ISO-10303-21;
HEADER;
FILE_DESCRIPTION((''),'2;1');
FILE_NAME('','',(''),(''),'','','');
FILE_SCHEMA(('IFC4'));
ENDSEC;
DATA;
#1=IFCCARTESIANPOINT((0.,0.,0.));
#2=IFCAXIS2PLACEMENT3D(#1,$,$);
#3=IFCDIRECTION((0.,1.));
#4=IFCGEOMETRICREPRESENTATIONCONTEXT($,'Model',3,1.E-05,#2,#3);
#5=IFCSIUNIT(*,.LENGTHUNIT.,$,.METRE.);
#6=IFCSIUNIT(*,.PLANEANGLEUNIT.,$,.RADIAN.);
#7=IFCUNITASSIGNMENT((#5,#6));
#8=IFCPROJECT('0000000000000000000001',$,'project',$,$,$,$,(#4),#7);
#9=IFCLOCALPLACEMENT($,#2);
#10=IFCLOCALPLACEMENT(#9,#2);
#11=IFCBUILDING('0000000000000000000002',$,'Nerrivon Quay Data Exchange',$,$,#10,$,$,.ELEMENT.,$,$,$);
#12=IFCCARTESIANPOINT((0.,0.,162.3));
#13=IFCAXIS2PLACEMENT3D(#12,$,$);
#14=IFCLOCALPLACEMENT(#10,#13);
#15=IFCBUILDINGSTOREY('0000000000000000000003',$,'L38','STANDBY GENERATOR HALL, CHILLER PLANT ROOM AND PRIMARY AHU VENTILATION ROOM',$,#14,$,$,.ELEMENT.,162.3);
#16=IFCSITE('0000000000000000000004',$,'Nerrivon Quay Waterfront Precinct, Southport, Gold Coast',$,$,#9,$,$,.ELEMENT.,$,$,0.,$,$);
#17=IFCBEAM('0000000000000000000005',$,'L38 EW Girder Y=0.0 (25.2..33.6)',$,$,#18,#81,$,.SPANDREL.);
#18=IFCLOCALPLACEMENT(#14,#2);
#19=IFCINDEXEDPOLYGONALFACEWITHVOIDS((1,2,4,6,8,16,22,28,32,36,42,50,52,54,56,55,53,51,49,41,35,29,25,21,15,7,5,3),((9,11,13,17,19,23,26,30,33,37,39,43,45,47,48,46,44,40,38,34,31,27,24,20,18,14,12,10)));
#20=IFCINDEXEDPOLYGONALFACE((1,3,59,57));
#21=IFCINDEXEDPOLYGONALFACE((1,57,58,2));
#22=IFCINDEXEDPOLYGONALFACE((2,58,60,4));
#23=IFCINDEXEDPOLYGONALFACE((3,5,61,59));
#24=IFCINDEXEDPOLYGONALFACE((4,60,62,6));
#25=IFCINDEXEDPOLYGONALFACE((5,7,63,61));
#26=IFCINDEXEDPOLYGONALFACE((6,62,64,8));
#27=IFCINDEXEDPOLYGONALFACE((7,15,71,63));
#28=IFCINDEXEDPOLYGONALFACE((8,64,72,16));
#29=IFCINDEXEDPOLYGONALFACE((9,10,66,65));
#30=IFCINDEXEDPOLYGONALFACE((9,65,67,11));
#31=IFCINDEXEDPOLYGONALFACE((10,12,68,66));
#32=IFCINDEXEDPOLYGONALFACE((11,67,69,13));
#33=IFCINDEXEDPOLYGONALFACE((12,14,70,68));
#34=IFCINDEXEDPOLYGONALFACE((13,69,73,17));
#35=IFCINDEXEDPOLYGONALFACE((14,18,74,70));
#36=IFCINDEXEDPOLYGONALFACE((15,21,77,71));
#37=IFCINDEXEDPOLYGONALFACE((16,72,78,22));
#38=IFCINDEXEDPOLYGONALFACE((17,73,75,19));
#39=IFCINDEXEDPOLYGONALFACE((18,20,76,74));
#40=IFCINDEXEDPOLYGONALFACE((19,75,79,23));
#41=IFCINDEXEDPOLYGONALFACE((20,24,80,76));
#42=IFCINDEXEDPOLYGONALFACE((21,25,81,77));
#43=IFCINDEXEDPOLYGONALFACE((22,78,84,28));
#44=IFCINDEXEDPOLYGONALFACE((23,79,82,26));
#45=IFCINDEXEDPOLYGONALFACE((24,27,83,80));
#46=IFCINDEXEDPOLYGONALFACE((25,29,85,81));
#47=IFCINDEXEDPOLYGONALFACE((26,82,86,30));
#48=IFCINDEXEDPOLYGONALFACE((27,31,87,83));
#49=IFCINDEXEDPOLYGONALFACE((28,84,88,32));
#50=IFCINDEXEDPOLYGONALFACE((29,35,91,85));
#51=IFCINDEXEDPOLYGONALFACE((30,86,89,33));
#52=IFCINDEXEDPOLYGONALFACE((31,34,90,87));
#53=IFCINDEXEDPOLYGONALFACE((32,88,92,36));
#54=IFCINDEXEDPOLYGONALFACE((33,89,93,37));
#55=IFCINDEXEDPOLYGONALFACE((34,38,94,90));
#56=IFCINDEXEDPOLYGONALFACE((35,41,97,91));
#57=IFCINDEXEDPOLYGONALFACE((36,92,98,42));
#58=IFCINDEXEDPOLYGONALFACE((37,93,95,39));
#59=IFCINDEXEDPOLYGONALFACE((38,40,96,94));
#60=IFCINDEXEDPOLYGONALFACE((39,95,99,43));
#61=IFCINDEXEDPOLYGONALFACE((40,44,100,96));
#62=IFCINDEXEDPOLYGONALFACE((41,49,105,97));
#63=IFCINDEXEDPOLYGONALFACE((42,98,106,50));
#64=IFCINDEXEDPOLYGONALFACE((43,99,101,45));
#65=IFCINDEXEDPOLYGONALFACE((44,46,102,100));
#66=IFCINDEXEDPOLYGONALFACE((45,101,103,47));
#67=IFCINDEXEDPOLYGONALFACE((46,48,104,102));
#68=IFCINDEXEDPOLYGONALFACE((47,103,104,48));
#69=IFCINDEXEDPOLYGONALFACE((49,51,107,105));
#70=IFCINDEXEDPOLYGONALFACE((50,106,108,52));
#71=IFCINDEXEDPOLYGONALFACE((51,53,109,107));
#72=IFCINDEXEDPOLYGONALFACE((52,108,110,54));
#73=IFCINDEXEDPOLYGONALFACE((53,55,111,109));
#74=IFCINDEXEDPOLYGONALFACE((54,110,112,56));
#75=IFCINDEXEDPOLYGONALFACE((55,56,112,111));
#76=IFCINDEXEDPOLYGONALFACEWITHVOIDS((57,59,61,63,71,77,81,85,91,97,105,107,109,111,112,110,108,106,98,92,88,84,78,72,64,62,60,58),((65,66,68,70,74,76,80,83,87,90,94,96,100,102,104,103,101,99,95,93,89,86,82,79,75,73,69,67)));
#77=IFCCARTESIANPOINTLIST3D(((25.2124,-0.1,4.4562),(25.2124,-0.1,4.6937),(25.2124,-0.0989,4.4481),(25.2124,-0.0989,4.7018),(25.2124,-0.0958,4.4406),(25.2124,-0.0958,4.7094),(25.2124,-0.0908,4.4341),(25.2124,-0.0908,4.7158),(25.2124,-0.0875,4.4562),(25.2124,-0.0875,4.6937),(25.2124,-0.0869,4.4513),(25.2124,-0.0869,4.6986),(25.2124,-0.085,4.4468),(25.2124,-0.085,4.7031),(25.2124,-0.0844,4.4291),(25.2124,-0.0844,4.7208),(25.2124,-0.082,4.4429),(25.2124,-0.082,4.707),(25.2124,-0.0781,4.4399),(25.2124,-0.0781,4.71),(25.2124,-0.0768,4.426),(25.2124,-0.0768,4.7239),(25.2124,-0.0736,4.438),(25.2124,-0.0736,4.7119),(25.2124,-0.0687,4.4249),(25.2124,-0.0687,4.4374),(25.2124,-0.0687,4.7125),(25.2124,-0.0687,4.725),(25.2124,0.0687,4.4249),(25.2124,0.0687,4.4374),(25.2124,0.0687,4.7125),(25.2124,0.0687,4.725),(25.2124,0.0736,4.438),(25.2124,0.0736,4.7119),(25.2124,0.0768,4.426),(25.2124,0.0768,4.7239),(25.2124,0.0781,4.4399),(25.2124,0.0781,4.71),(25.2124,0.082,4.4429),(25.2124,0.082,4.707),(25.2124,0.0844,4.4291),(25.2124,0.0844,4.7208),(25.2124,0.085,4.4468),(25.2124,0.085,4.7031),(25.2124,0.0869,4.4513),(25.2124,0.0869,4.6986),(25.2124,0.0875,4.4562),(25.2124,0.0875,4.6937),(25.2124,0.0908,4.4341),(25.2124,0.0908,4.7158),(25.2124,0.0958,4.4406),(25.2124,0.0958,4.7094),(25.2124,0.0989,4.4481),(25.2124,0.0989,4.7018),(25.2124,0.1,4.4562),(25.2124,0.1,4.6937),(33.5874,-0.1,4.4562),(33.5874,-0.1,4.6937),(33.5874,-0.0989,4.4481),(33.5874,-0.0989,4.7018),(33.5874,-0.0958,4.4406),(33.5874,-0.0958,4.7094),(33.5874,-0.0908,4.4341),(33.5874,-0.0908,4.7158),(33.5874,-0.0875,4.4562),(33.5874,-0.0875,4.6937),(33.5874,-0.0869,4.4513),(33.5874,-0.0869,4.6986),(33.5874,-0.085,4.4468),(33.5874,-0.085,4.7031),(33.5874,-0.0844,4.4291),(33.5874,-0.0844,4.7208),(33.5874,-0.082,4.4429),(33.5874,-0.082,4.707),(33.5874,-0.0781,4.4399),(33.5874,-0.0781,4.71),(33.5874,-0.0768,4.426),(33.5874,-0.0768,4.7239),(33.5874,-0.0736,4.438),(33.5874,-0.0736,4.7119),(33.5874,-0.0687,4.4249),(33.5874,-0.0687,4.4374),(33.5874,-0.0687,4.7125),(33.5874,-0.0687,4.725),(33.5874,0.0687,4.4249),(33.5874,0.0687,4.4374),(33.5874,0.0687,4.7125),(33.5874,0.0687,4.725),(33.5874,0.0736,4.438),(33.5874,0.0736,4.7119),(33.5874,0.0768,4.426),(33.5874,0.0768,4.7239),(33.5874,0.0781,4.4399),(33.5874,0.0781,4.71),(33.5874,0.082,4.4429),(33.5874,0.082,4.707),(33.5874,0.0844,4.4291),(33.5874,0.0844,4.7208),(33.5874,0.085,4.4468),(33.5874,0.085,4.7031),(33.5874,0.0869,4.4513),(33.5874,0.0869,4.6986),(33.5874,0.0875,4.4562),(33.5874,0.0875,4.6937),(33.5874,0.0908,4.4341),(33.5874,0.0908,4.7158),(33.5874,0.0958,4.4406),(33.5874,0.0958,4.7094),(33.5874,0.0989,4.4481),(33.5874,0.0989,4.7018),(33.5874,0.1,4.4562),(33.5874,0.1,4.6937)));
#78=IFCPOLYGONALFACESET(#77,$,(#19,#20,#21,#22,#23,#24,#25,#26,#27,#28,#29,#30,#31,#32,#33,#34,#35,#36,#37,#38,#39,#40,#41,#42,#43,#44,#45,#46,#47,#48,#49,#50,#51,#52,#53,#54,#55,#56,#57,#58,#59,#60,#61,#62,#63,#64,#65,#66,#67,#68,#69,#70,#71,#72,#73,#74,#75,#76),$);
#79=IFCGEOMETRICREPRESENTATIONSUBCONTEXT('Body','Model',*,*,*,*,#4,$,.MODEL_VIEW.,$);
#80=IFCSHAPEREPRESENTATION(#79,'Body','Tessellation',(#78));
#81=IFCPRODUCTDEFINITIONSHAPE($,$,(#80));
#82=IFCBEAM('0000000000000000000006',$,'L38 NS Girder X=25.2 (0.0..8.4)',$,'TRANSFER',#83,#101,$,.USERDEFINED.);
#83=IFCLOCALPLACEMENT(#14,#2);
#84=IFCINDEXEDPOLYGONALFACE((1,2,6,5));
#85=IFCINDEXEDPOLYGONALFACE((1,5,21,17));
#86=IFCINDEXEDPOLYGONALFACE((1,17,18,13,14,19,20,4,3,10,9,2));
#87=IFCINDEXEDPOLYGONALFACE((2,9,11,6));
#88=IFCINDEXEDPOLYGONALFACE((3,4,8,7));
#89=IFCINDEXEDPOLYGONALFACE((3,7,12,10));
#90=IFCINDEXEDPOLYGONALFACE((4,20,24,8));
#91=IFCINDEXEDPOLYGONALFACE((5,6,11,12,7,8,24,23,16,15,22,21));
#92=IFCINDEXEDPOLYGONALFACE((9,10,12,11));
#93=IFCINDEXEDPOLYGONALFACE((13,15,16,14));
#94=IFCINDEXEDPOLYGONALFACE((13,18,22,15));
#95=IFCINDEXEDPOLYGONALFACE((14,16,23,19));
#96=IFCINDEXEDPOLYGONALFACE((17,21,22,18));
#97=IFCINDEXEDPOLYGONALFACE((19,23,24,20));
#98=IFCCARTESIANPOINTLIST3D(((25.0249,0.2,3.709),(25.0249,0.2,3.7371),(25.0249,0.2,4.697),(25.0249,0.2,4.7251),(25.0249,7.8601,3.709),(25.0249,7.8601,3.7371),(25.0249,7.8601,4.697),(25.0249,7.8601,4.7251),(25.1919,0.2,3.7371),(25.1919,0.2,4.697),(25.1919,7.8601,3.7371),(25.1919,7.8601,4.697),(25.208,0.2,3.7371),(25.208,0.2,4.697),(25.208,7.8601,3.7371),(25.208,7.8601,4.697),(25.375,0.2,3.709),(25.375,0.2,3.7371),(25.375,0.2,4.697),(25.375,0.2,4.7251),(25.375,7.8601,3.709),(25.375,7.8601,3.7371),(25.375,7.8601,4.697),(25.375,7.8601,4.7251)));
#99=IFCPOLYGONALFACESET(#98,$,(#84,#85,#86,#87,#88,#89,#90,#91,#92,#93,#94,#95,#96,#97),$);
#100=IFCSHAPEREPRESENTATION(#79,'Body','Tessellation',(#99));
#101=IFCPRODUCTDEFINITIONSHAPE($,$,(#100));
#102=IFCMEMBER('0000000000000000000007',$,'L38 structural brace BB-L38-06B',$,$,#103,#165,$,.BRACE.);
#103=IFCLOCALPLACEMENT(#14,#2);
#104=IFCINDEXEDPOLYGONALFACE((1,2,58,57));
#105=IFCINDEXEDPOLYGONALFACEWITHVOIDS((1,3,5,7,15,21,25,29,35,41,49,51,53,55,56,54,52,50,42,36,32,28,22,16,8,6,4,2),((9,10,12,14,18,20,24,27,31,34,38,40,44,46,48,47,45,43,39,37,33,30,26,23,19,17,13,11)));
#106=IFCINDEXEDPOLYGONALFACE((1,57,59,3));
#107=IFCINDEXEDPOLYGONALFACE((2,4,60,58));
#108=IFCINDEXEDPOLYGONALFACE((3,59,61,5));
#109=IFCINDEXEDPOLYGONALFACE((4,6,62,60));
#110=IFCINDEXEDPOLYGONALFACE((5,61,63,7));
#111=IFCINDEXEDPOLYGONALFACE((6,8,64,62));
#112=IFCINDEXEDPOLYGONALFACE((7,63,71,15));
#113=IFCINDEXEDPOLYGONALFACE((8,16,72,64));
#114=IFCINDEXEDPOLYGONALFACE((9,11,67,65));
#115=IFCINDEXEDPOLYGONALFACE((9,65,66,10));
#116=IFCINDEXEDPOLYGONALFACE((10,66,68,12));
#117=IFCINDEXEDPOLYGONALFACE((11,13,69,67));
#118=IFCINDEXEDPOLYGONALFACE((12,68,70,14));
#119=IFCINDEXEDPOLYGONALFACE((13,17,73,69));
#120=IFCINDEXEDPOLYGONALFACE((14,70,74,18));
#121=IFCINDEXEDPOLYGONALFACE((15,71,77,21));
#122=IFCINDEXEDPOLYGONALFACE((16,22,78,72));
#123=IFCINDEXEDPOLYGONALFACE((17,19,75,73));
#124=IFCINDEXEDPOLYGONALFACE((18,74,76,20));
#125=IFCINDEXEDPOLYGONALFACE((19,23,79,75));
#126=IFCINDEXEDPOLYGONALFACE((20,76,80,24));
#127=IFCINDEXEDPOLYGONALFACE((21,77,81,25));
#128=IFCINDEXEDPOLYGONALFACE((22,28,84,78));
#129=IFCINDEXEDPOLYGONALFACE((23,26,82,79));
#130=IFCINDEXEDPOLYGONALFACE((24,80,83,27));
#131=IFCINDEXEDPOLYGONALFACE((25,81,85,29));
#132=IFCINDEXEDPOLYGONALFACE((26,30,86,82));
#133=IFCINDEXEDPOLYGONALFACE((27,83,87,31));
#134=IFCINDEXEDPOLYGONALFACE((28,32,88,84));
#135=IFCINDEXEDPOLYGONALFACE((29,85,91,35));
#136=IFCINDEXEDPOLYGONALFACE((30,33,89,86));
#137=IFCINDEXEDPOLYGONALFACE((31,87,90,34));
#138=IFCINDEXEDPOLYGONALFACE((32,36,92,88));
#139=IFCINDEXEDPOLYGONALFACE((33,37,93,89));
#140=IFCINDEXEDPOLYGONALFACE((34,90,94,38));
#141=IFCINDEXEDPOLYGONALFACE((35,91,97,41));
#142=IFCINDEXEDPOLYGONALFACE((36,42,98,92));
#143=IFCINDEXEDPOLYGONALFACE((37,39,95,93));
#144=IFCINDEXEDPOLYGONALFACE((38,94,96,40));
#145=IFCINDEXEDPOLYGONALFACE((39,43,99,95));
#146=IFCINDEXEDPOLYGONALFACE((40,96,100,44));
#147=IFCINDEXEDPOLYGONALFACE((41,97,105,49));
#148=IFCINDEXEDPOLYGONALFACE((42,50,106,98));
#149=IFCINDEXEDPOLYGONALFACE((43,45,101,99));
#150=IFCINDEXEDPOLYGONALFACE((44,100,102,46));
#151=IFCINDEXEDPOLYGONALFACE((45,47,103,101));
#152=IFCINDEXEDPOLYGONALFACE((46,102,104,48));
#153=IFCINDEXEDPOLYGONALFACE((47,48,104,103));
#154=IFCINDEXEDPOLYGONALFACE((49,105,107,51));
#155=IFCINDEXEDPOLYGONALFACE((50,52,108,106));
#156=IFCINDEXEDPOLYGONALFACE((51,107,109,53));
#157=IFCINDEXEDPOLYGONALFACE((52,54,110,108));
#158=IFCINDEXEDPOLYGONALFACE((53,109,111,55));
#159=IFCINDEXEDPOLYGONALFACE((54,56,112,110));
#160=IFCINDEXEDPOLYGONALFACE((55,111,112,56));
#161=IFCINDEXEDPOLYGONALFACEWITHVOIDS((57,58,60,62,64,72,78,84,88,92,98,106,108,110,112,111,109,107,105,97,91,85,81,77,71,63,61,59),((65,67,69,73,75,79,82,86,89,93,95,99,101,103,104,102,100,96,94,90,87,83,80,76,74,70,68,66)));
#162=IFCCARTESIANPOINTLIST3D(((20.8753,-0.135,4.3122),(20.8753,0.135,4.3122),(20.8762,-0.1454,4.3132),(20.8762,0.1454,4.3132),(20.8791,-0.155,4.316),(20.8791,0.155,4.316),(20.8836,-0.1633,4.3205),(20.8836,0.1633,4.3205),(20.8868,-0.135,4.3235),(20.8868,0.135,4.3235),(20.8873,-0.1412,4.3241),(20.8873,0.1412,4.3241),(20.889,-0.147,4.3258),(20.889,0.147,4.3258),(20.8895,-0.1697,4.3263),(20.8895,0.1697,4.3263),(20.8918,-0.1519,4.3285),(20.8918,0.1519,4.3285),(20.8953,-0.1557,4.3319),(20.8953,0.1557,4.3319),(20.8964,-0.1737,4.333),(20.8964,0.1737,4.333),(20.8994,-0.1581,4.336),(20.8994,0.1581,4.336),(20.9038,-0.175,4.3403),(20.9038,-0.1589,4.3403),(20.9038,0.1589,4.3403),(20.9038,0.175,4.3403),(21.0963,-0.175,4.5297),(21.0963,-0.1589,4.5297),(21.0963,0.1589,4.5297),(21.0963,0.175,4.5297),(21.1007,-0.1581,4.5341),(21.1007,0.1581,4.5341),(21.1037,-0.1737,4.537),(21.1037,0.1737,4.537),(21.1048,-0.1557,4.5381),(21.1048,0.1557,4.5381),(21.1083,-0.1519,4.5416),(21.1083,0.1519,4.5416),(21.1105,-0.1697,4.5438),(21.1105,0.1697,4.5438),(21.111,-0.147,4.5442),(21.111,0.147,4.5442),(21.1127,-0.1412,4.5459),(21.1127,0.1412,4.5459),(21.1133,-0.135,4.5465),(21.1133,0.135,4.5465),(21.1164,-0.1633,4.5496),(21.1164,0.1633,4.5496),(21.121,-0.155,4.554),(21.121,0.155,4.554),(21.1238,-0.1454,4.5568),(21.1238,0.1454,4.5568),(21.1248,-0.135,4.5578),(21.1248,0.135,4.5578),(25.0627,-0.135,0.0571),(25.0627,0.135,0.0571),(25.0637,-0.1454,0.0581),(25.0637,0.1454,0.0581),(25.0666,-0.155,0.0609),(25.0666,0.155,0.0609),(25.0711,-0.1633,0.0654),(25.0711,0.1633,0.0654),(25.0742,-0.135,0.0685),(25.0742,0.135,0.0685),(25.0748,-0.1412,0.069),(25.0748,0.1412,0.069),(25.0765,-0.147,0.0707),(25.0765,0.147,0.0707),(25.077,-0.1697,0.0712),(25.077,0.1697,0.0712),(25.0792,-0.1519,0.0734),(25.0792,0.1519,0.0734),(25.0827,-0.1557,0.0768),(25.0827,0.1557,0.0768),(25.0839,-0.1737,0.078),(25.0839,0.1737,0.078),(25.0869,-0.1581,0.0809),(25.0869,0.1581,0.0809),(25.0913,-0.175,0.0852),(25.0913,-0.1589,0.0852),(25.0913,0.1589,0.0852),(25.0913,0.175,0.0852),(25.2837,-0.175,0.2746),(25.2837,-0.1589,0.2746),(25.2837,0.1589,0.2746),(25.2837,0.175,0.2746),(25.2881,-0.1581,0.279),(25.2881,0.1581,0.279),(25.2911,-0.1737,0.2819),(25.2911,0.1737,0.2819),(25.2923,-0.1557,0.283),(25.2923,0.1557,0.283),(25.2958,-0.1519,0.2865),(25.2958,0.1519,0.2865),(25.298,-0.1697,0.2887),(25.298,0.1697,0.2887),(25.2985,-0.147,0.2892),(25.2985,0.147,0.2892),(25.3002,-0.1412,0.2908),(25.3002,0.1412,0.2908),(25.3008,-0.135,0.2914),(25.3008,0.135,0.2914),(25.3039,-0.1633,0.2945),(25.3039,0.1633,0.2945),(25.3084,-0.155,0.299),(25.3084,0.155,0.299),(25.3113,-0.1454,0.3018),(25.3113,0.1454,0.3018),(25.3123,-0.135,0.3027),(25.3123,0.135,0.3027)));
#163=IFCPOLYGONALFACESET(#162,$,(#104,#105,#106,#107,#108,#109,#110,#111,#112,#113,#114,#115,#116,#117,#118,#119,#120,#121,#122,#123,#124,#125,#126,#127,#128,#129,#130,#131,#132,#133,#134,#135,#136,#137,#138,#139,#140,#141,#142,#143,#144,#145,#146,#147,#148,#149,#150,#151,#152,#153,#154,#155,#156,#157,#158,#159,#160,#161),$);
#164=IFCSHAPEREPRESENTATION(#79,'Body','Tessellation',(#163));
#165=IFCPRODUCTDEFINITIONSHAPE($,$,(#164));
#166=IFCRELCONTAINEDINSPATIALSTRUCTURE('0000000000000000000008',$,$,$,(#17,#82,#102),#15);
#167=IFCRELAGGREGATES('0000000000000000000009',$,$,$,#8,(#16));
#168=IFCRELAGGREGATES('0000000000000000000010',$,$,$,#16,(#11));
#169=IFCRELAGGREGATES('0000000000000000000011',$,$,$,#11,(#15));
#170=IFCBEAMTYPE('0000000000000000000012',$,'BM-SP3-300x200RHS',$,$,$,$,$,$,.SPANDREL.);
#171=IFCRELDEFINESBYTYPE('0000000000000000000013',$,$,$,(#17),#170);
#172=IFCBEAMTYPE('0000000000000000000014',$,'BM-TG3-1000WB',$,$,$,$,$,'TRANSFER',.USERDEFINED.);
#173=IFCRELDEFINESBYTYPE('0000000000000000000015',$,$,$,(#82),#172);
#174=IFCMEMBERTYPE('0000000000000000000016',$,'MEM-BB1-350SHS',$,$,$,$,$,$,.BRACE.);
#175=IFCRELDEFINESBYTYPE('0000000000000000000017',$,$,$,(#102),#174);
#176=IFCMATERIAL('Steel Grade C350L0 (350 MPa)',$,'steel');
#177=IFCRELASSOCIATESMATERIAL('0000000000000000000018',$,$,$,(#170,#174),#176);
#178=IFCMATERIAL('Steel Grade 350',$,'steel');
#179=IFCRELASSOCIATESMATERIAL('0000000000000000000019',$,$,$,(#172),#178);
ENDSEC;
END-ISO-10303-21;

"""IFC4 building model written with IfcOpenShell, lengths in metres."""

from ifc_helpers import new_model, si_unit, direction, frame, origin, origin_2d, place, context, subcontext, project, spatial, hollow_rectangle, i_section, extrude, material, material_profile, profile_set, type_object, element, save


model = new_model("IFC4")

# Units and contexts
model_context = context("Model", 3, precision=1e-05, world=origin(), true_north=direction((0.0, 1.0)))
body_context = subcontext(model_context, "Body", "Model", "MODEL_VIEW")
ifc_project = project(units=[si_unit("LENGTHUNIT", "METRE"), si_unit("PLANEANGLEUNIT", "RADIAN")], contexts=[model_context])

# Site, building, storey
site_placement = place(None, origin())
site = spatial("IfcSite", under=ifc_project, at=site_placement, Name="Nerrivon Quay Waterfront Precinct, Southport, Gold Coast", CompositionType="ELEMENT", RefElevation=0.0)
building_placement = place(site_placement, origin())
building = spatial("IfcBuilding", under=site, at=building_placement, Name="Nerrivon Quay Data Exchange", CompositionType="ELEMENT")
storey_placement = place(building_placement, frame((0.0, 0.0, 162.3)))
storey = spatial("IfcBuildingStorey", under=building, at=storey_placement, Name="L38", Description="STANDBY GENERATOR HALL, CHILLER PLANT ROOM AND PRIMARY AHU VENTILATION ROOM", CompositionType="ELEMENT", Elevation=162.3)

# Shared definitions
ifc_material_1 = material(Name="Steel Grade 350", Category="steel")

# Beams
ifc_material_2 = material(Name="Steel Grade C350L0 (350 MPa)", Category="steel")
ifc_material_profile_1 = material_profile(ifc_material_2, hollow_rectangle(XDim=0.2, YDim=0.3, WallThickness=0.0125, InnerFilletRadius=0.0188, OuterFilletRadius=0.0312, at=origin_2d()), Name="300x200x12.5RHS")
ifc_profile_set_1 = profile_set([ifc_material_profile_1], Name="Steel Grade C350L0 (350 MPa)")
beam_type_1 = type_object("IfcBeamType", Name="BM-SP3-300x200RHS", PredefinedType="SPANDREL", material=ifc_profile_set_1)
beam_1_placement = place(storey_placement, frame((25.2124, 0.0, 4.575), z_axis=(1.0, 0.0, 0.0), x_axis=(0.0, 1.0, 0.0)))
element("IfcBeam", 1, at=beam_1_placement, inside=storey, type_object=beam_type_1, Name="L38 EW Girder Y=0.0 (25.2..33.6)", PredefinedType="SPANDREL", context=body_context, shape_type="SweptSolid", body=[
    extrude(hollow_rectangle(XDim=0.2, YDim=0.3, WallThickness=0.0125, InnerFilletRadius=0.0188, OuterFilletRadius=0.0312, at=origin_2d()), origin(), (0.0, 0.0, 1.0), 8.375),
])
ifc_material_profile_2 = material_profile(ifc_material_1, i_section(OverallWidth=0.3501, OverallDepth=1.0161, WebThickness=0.0161, FlangeThickness=0.0281, at=origin_2d()), Name="1000WB258")
ifc_profile_set_2 = profile_set([ifc_material_profile_2], Name="Steel Grade 350")
beam_type_2 = type_object("IfcBeamType", Name="BM-TG3-1000WB", ElementType="TRANSFER", PredefinedType="USERDEFINED", material=ifc_profile_set_2)
beam_2_placement = place(storey_placement, frame((25.2, 0.2, 4.217), z_axis=(0.0, 1.0, 0.0), x_axis=(-1.0, 0.0, 0.0)))
element("IfcBeam", 2, at=beam_2_placement, inside=storey, type_object=beam_type_2, Name="L38 NS Girder X=25.2 (0.0..8.4)", ObjectType="TRANSFER", PredefinedType="USERDEFINED", context=body_context, shape_type="SweptSolid", body=[
    extrude(i_section(OverallWidth=0.3501, OverallDepth=1.0161, WebThickness=0.0161, FlangeThickness=0.0281, at=origin_2d()), origin(), (0.0, 0.0, 1.0), 7.6602),
])

# Member
ifc_material_profile_3 = material_profile(ifc_material_2, hollow_rectangle(XDim=0.3501, YDim=0.3501, WallThickness=0.0161, InnerFilletRadius=0.0239, OuterFilletRadius=0.04, at=origin_2d()), Name="350x350x16.0SHS")
ifc_profile_set_3 = profile_set([ifc_material_profile_3], Name="Steel Grade C350L0 (350 MPa)")
member_type_1 = type_object("IfcMemberType", Name="MEM-BB1-350SHS", PredefinedType="BRACE", material=ifc_profile_set_3)
member_1_placement = place(storey_placement, frame((25.1875, 0.0, 0.1799), z_axis=(-0.70142, 0.0, 0.712748), x_axis=(0.0, -1.0, 0.0)))
element("IfcMember", 3, at=member_1_placement, inside=storey, type_object=member_type_1, Name="L38 structural brace BB-L38-06B", PredefinedType="BRACE", context=body_context, shape_type="SweptSolid", body=[
    extrude(hollow_rectangle(XDim=0.3501, YDim=0.3501, WallThickness=0.0161, InnerFilletRadius=0.0239, OuterFilletRadius=0.04, at=origin_2d()), origin(), (0.0, 0.0, 1.0), 5.97),
])

save(model, "model.ifc")
